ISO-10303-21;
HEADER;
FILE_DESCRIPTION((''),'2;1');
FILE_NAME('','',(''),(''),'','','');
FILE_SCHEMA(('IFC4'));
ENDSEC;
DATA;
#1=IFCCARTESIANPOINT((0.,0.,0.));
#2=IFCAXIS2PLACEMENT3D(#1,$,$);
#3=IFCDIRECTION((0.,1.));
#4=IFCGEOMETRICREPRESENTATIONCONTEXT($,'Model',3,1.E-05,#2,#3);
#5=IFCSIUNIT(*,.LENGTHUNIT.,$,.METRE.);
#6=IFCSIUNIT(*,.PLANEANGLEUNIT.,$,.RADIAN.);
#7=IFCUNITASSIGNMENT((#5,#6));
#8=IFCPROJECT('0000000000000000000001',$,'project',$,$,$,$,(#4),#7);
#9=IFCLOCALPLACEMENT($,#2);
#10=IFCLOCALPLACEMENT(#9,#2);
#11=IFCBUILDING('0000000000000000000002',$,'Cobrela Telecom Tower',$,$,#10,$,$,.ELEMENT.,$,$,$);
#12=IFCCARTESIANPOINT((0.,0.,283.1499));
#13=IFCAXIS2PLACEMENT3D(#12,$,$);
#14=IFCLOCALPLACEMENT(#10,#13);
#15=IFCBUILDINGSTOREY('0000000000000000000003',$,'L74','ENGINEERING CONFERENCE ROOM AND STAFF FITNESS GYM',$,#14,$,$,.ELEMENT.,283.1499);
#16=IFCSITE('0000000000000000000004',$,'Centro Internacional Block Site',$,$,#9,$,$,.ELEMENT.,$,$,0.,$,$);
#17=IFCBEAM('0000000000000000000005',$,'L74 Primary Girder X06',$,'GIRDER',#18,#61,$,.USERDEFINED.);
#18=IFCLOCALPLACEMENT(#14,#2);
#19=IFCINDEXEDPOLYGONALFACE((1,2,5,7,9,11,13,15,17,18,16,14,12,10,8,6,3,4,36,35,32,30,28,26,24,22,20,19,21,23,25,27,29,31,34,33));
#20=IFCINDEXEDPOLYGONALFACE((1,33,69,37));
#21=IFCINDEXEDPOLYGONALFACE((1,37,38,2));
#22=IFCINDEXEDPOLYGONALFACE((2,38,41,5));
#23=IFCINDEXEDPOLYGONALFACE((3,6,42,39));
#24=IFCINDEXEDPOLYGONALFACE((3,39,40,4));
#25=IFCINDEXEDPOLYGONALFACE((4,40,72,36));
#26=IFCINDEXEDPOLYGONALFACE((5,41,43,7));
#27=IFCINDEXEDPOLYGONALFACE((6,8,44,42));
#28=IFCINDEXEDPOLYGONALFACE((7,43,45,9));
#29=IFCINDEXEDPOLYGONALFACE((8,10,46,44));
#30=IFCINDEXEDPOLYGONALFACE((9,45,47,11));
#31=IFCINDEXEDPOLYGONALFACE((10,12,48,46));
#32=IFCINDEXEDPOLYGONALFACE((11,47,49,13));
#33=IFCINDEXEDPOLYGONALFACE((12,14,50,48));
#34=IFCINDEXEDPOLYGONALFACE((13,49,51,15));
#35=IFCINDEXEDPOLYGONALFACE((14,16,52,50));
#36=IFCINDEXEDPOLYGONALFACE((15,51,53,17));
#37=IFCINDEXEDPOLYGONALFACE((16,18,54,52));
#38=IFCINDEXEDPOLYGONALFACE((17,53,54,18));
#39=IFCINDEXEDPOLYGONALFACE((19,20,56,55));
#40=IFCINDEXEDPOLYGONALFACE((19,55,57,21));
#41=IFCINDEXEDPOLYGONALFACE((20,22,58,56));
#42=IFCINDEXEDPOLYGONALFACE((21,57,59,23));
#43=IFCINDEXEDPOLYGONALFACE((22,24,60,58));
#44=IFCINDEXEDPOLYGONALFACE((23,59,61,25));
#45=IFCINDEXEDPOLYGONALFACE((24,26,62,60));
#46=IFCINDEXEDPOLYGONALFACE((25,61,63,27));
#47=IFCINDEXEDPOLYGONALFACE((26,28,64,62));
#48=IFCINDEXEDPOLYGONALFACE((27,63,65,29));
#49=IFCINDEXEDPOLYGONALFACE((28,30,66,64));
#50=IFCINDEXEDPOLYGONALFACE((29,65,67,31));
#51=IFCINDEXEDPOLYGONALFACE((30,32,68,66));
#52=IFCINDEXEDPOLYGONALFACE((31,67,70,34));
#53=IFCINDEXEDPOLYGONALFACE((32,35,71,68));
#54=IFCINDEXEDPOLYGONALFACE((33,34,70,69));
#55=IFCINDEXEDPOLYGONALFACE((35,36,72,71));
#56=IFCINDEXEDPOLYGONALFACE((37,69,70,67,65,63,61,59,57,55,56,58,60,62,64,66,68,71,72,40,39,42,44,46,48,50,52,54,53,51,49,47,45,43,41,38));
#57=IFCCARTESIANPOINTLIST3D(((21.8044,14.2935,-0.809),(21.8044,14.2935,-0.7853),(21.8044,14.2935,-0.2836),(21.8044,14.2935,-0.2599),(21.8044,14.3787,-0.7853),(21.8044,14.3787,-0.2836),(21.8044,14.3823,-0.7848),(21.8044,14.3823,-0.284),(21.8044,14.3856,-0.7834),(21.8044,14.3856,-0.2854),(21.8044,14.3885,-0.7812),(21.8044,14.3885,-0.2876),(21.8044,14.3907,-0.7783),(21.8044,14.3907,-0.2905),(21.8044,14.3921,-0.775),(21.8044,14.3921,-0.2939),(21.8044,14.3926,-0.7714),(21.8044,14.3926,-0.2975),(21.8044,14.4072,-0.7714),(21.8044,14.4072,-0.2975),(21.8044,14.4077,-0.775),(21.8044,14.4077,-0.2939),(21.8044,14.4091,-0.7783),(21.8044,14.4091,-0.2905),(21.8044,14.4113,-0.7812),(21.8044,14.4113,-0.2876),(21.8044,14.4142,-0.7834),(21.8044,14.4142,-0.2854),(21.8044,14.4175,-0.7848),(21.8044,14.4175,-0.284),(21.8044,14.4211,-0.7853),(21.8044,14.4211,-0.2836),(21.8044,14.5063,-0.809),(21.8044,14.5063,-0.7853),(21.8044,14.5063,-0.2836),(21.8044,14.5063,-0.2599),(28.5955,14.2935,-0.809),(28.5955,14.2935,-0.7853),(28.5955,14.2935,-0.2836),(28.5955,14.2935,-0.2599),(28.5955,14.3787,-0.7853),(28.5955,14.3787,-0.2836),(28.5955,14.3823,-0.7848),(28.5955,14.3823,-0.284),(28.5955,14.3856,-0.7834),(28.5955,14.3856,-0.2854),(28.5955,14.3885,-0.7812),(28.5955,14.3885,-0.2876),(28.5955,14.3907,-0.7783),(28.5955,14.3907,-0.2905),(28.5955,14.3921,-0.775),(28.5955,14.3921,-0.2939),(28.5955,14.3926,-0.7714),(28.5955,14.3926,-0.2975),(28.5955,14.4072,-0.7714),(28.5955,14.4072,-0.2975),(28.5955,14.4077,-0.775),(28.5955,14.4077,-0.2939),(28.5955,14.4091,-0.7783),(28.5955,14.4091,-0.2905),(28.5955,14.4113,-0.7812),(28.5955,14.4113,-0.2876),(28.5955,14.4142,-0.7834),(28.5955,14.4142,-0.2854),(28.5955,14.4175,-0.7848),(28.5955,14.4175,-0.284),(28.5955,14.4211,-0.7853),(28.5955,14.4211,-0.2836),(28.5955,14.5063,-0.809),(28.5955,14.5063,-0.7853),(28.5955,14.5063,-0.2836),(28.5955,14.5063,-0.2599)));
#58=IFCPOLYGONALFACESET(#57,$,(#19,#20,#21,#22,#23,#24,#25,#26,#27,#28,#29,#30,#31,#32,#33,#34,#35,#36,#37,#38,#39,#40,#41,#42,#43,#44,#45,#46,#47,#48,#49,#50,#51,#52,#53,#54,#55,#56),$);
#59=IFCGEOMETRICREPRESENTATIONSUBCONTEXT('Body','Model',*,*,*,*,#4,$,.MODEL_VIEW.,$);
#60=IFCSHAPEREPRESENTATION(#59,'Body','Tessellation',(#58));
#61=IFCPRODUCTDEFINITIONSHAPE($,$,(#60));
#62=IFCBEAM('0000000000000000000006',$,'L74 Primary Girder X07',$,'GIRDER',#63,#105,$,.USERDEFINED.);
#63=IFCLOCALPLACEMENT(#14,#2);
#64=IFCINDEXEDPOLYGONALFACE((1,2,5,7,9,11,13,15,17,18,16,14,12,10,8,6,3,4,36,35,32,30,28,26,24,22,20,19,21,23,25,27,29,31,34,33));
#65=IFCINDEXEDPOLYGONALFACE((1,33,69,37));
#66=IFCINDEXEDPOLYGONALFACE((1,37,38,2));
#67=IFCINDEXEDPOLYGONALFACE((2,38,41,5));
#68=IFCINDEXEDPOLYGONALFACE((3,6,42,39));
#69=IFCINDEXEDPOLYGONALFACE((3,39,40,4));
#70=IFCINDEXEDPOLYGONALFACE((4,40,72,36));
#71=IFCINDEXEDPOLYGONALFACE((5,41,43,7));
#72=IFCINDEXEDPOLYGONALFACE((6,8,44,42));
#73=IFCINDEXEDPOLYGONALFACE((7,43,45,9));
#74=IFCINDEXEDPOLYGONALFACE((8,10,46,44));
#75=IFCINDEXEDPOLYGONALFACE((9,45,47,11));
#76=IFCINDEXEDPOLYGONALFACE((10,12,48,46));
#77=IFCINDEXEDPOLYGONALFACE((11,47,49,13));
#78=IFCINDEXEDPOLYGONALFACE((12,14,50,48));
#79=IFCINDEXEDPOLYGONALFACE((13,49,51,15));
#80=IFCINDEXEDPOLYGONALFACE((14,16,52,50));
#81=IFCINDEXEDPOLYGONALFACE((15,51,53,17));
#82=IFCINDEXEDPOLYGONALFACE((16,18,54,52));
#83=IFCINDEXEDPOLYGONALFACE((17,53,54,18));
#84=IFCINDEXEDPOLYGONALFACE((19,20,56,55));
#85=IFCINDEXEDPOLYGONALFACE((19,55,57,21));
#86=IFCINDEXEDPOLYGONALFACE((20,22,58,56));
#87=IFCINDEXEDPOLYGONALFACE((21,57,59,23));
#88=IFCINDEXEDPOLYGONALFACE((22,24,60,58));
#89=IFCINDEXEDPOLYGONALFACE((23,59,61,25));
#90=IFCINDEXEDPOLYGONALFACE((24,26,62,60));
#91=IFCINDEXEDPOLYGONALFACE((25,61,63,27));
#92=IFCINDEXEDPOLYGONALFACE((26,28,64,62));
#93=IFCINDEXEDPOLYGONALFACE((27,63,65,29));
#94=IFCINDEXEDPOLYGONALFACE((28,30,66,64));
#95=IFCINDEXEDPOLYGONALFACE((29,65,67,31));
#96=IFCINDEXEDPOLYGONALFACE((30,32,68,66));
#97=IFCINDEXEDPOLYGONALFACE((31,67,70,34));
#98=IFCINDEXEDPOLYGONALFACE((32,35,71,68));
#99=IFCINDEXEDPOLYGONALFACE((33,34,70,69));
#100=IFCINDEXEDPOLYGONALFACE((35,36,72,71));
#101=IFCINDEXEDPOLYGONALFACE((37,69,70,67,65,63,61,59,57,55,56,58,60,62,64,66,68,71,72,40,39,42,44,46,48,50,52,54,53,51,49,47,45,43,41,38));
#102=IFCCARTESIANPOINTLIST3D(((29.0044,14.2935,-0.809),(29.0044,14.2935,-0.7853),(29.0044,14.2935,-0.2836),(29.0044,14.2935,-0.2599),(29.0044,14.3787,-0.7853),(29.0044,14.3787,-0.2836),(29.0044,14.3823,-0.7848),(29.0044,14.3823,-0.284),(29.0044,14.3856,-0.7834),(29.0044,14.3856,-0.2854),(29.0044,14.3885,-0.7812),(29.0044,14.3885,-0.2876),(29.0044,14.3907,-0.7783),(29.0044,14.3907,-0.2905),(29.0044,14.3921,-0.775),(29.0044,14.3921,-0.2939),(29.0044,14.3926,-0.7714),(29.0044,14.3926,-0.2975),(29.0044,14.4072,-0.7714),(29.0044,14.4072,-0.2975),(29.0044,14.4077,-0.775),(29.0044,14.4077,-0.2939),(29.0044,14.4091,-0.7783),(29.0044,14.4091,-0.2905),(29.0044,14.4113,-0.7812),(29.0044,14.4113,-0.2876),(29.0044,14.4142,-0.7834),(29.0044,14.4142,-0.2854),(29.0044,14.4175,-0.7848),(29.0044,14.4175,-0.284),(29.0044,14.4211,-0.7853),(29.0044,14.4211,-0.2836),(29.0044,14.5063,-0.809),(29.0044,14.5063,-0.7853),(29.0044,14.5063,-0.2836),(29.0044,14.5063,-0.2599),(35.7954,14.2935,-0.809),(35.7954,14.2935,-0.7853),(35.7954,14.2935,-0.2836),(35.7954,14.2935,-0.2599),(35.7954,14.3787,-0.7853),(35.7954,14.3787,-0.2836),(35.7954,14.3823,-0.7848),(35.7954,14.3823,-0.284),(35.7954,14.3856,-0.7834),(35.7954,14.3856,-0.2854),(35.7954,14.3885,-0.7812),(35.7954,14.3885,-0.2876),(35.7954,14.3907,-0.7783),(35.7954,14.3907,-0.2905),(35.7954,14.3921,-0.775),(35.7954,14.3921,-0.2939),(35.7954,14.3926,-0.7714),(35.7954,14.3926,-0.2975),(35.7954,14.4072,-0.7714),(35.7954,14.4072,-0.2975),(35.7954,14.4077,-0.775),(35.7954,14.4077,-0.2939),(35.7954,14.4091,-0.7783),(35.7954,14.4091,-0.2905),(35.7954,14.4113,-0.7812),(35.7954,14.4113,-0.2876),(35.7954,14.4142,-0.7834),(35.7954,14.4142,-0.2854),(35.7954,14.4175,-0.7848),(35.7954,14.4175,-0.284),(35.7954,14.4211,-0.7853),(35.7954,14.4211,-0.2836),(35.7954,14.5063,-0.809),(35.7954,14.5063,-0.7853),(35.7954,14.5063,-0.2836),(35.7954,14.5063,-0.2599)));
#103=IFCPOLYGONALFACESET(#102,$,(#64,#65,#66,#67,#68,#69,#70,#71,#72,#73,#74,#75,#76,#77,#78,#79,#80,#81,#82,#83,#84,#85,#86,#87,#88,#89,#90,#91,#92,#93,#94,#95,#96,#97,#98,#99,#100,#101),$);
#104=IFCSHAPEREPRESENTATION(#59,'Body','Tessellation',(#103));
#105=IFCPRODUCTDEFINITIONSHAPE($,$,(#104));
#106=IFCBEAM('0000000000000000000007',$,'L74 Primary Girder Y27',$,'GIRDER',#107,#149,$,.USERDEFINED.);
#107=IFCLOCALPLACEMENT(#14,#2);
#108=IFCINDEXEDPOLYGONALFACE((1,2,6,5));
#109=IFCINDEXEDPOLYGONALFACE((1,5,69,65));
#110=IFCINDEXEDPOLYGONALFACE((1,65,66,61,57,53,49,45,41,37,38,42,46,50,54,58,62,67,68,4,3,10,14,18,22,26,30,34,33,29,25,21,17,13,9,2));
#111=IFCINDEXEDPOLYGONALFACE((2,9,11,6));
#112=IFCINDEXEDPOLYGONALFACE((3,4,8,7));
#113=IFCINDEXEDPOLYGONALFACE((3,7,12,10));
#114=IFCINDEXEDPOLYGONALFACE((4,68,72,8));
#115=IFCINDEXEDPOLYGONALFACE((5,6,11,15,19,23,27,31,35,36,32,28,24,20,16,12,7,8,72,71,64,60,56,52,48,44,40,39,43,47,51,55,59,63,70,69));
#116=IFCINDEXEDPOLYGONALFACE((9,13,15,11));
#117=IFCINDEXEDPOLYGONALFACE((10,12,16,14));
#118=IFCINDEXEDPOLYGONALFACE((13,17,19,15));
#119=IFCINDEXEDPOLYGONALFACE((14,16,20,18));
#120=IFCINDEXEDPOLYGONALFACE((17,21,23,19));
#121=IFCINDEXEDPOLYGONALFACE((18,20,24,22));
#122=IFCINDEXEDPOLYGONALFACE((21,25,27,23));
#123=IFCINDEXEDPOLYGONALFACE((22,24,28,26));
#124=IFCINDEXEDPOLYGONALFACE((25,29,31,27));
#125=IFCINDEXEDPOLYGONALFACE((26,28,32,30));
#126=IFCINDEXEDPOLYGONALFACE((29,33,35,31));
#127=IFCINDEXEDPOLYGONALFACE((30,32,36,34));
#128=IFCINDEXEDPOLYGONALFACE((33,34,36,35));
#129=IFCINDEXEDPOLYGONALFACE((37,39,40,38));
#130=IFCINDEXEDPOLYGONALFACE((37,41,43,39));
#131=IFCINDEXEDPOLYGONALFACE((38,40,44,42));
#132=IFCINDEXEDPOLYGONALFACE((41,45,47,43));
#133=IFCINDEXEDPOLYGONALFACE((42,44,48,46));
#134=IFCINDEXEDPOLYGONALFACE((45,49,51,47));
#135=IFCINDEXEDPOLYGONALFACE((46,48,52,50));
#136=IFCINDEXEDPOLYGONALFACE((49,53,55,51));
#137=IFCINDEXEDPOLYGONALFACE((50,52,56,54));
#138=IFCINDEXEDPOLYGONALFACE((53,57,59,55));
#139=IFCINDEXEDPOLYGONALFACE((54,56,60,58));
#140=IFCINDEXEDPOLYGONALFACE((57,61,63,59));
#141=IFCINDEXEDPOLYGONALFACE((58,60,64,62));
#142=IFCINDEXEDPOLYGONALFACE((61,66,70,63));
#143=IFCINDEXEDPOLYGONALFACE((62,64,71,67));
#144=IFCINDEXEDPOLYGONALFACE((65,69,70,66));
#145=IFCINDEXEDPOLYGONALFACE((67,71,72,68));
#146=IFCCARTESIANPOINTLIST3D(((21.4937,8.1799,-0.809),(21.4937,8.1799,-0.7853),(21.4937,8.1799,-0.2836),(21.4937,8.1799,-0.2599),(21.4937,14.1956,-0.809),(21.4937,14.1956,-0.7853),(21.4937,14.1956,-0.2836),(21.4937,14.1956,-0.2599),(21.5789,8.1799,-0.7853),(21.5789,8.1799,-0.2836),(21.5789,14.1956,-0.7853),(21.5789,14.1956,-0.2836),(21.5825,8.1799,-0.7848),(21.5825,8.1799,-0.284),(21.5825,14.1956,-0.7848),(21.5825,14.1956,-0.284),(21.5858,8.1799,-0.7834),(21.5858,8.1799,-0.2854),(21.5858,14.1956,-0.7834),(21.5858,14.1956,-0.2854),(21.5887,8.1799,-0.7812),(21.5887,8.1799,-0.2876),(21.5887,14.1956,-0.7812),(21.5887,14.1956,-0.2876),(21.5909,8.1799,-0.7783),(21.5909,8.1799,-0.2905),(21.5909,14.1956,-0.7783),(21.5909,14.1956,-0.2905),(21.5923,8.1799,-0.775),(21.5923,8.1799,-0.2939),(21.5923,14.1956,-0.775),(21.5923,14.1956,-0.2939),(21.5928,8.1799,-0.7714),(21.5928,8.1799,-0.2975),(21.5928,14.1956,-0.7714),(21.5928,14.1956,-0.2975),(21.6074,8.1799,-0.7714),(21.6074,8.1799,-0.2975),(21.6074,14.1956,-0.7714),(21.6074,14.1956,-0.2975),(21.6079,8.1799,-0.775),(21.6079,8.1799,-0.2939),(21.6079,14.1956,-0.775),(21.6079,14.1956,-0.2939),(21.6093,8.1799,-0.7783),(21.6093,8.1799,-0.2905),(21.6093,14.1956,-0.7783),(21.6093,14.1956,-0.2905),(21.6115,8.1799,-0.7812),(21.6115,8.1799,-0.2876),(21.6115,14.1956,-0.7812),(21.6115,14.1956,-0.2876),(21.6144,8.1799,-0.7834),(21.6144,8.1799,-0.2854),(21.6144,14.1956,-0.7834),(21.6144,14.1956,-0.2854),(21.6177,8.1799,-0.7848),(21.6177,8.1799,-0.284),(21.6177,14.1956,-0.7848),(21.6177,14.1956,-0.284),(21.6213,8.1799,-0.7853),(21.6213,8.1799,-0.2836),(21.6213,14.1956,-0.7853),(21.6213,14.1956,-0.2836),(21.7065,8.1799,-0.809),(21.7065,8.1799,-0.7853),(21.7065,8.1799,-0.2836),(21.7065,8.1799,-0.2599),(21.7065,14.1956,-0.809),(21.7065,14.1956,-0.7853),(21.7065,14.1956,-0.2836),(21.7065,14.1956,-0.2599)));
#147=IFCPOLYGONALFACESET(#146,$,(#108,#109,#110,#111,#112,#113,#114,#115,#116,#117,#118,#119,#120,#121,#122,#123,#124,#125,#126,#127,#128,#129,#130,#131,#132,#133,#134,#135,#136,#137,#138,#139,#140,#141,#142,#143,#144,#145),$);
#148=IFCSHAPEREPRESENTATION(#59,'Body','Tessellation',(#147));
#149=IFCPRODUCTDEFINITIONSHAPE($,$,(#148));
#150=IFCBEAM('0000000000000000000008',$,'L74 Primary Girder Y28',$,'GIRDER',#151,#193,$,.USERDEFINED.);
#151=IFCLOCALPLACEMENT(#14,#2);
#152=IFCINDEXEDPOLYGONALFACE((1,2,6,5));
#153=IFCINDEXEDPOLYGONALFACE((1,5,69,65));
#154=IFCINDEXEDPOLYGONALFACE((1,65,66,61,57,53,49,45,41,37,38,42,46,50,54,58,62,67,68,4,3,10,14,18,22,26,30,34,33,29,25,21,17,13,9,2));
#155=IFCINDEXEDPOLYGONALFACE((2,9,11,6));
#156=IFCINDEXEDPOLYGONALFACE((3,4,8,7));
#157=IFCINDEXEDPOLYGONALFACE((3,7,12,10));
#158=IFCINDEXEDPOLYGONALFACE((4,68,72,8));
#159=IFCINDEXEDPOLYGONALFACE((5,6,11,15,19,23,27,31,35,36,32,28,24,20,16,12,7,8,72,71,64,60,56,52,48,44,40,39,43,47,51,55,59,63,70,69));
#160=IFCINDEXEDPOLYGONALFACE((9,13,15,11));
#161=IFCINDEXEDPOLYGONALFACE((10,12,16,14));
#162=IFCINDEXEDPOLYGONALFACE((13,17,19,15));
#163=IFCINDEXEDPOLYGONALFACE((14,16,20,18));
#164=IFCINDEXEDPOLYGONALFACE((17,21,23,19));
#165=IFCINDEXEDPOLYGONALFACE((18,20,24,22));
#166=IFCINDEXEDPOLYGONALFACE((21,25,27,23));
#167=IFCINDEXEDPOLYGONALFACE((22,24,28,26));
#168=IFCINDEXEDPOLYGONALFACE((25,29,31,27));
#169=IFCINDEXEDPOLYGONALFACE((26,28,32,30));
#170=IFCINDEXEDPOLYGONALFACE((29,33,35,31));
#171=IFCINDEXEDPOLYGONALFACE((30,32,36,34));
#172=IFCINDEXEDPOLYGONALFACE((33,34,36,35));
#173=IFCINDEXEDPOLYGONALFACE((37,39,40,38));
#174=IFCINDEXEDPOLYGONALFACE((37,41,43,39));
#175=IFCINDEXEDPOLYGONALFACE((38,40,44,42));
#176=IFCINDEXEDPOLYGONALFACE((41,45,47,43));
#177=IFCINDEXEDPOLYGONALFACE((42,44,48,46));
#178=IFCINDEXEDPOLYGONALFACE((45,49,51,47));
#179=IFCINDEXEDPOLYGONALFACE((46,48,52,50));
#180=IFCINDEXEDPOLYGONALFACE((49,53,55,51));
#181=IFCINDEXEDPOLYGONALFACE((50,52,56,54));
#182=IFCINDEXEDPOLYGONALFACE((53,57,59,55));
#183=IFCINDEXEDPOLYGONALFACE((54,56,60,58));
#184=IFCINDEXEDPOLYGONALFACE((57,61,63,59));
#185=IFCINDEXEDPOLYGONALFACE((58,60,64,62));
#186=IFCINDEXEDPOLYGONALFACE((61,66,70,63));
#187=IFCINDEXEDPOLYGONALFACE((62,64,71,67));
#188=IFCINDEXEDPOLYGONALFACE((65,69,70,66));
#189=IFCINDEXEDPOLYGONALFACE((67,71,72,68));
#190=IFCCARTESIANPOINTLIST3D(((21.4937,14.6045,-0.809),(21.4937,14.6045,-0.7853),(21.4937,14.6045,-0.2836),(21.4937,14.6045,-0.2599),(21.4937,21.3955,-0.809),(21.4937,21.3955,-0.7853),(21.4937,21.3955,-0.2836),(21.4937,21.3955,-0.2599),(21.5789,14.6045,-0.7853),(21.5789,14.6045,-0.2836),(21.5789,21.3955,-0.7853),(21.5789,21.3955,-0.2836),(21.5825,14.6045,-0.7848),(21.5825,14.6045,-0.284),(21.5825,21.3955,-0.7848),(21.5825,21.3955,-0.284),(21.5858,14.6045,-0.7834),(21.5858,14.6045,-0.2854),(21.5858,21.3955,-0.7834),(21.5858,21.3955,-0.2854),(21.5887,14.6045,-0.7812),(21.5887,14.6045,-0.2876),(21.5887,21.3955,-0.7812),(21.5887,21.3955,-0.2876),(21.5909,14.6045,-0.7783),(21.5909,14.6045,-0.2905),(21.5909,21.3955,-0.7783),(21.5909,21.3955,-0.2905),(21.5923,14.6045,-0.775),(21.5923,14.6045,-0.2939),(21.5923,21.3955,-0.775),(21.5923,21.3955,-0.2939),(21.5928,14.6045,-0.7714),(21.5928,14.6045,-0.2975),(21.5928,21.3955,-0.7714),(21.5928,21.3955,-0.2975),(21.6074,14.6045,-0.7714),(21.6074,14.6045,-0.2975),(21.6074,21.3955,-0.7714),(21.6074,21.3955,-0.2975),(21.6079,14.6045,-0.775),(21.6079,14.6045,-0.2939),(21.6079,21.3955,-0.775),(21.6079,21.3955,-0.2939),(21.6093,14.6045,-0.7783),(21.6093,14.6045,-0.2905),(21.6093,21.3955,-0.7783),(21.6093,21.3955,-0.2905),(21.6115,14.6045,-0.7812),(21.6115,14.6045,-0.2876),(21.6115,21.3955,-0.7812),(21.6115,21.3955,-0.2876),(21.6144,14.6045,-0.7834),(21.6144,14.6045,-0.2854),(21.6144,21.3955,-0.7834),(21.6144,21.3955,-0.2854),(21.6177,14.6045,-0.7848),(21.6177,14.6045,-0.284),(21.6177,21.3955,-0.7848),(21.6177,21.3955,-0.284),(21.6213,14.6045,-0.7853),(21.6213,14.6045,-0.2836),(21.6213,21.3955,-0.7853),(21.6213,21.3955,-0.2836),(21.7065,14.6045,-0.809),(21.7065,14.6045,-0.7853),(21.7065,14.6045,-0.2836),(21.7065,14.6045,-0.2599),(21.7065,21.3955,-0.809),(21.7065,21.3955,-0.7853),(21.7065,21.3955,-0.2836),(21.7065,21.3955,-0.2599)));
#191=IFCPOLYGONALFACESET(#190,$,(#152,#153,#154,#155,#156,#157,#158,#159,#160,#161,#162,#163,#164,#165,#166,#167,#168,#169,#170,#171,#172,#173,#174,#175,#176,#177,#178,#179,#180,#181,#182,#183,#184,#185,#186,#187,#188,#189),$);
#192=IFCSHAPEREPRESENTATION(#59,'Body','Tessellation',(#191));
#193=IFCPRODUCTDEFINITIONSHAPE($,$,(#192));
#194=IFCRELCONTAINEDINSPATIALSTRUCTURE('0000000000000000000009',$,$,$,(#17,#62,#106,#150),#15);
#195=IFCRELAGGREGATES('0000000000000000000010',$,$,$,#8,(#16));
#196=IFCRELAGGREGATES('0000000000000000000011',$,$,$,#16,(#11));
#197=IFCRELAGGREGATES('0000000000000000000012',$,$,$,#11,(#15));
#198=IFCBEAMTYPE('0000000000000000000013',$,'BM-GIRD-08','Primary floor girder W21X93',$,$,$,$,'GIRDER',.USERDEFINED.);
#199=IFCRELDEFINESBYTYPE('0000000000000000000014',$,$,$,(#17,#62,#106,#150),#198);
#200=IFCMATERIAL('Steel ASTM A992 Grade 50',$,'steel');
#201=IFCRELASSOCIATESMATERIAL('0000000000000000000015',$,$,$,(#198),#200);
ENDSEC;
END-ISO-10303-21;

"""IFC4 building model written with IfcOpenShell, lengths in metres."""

from ifc_helpers import new_model, si_unit, direction, frame, origin, origin_2d, place, context, subcontext, project, spatial, i_section, extrude, material, material_profile, profile_set, type_object, element, save


model = new_model("IFC4")

# Units and contexts
model_context = context("Model", 3, precision=1e-05, world=origin(), true_north=direction((0.0, 1.0)))
body_context = subcontext(model_context, "Body", "Model", "MODEL_VIEW")
ifc_project = project(units=[si_unit("LENGTHUNIT", "METRE"), si_unit("PLANEANGLEUNIT", "RADIAN")], contexts=[model_context])

# Site, building, storey
site_placement = place(None, origin())
site = spatial("IfcSite", under=ifc_project, at=site_placement, Name="Centro Internacional Block Site", CompositionType="ELEMENT", RefElevation=0.0)
building_placement = place(site_placement, origin())
building = spatial("IfcBuilding", under=site, at=building_placement, Name="Cobrela Telecom Tower", CompositionType="ELEMENT")
storey_placement = place(building_placement, frame((0.0, 0.0, 283.1499)))
storey = spatial("IfcBuildingStorey", under=building, at=storey_placement, Name="L74", Description="ENGINEERING CONFERENCE ROOM AND STAFF FITNESS GYM", CompositionType="ELEMENT", Elevation=283.1499)

# Shared definitions
ifc_material_1 = material(Name="Steel ASTM A992 Grade 50", Category="steel")

# Beams
ifc_material_profile_1 = material_profile(ifc_material_1, i_section(OverallWidth=0.2129, OverallDepth=0.5491, WebThickness=0.0146, FlangeThickness=0.0237, FilletRadius=0.0139, at=origin_2d()), Name="W21X93")
ifc_profile_set_1 = profile_set([ifc_material_profile_1], Name="Steel ASTM A992 Grade 50")
beam_type_1 = type_object("IfcBeamType", Name="BM-GIRD-08", Description="Primary floor girder W21X93", ElementType="GIRDER", PredefinedType="USERDEFINED", material=ifc_profile_set_1)
for number, where, z_axis, x_axis, name in (
    (1, (21.8044, 14.3999, -0.5344), (1.0, 0.0, 0.0), (0.0, 1.0, 0.0), "L74 Primary Girder X06"),
    (2, (29.0044, 14.3999, -0.5344), (1.0, 0.0, 0.0), (0.0, 1.0, 0.0), "L74 Primary Girder X07"),
):
    element("IfcBeam", number, at=place(storey_placement, frame(where, z_axis=z_axis, x_axis=x_axis)), inside=storey, type_object=beam_type_1, Name=name, ObjectType="GIRDER", PredefinedType="USERDEFINED", context=body_context, shape_type="SweptSolid", body=[
        extrude(i_section(OverallWidth=0.2129, OverallDepth=0.5491, WebThickness=0.0146, FlangeThickness=0.0237, FilletRadius=0.0139, at=origin_2d()), origin(), (0.0, 0.0, 1.0), 6.791),
    ])
beam_1_placement = place(storey_placement, frame((21.6001, 8.1799, -0.5344), z_axis=(0.0, 1.0, 0.0), x_axis=(-1.0, 0.0, 0.0)))
element("IfcBeam", 3, at=beam_1_placement, inside=storey, type_object=beam_type_1, Name="L74 Primary Girder Y27", ObjectType="GIRDER", PredefinedType="USERDEFINED", context=body_context, shape_type="SweptSolid", body=[
    extrude(i_section(OverallWidth=0.2129, OverallDepth=0.5491, WebThickness=0.0146, FlangeThickness=0.0237, FilletRadius=0.0139, at=origin_2d()), origin(), (0.0, 0.0, 1.0), 6.0156),
])
beam_2_placement = place(storey_placement, frame((21.6001, 14.6045, -0.5344), z_axis=(0.0, 1.0, 0.0), x_axis=(-1.0, 0.0, 0.0)))
element("IfcBeam", 4, at=beam_2_placement, inside=storey, type_object=beam_type_1, Name="L74 Primary Girder Y28", ObjectType="GIRDER", PredefinedType="USERDEFINED", context=body_context, shape_type="SweptSolid", body=[
    extrude(i_section(OverallWidth=0.2129, OverallDepth=0.5491, WebThickness=0.0146, FlangeThickness=0.0237, FilletRadius=0.0139, at=origin_2d()), origin(), (0.0, 0.0, 1.0), 6.791),
])

save(model, "model.ifc")
